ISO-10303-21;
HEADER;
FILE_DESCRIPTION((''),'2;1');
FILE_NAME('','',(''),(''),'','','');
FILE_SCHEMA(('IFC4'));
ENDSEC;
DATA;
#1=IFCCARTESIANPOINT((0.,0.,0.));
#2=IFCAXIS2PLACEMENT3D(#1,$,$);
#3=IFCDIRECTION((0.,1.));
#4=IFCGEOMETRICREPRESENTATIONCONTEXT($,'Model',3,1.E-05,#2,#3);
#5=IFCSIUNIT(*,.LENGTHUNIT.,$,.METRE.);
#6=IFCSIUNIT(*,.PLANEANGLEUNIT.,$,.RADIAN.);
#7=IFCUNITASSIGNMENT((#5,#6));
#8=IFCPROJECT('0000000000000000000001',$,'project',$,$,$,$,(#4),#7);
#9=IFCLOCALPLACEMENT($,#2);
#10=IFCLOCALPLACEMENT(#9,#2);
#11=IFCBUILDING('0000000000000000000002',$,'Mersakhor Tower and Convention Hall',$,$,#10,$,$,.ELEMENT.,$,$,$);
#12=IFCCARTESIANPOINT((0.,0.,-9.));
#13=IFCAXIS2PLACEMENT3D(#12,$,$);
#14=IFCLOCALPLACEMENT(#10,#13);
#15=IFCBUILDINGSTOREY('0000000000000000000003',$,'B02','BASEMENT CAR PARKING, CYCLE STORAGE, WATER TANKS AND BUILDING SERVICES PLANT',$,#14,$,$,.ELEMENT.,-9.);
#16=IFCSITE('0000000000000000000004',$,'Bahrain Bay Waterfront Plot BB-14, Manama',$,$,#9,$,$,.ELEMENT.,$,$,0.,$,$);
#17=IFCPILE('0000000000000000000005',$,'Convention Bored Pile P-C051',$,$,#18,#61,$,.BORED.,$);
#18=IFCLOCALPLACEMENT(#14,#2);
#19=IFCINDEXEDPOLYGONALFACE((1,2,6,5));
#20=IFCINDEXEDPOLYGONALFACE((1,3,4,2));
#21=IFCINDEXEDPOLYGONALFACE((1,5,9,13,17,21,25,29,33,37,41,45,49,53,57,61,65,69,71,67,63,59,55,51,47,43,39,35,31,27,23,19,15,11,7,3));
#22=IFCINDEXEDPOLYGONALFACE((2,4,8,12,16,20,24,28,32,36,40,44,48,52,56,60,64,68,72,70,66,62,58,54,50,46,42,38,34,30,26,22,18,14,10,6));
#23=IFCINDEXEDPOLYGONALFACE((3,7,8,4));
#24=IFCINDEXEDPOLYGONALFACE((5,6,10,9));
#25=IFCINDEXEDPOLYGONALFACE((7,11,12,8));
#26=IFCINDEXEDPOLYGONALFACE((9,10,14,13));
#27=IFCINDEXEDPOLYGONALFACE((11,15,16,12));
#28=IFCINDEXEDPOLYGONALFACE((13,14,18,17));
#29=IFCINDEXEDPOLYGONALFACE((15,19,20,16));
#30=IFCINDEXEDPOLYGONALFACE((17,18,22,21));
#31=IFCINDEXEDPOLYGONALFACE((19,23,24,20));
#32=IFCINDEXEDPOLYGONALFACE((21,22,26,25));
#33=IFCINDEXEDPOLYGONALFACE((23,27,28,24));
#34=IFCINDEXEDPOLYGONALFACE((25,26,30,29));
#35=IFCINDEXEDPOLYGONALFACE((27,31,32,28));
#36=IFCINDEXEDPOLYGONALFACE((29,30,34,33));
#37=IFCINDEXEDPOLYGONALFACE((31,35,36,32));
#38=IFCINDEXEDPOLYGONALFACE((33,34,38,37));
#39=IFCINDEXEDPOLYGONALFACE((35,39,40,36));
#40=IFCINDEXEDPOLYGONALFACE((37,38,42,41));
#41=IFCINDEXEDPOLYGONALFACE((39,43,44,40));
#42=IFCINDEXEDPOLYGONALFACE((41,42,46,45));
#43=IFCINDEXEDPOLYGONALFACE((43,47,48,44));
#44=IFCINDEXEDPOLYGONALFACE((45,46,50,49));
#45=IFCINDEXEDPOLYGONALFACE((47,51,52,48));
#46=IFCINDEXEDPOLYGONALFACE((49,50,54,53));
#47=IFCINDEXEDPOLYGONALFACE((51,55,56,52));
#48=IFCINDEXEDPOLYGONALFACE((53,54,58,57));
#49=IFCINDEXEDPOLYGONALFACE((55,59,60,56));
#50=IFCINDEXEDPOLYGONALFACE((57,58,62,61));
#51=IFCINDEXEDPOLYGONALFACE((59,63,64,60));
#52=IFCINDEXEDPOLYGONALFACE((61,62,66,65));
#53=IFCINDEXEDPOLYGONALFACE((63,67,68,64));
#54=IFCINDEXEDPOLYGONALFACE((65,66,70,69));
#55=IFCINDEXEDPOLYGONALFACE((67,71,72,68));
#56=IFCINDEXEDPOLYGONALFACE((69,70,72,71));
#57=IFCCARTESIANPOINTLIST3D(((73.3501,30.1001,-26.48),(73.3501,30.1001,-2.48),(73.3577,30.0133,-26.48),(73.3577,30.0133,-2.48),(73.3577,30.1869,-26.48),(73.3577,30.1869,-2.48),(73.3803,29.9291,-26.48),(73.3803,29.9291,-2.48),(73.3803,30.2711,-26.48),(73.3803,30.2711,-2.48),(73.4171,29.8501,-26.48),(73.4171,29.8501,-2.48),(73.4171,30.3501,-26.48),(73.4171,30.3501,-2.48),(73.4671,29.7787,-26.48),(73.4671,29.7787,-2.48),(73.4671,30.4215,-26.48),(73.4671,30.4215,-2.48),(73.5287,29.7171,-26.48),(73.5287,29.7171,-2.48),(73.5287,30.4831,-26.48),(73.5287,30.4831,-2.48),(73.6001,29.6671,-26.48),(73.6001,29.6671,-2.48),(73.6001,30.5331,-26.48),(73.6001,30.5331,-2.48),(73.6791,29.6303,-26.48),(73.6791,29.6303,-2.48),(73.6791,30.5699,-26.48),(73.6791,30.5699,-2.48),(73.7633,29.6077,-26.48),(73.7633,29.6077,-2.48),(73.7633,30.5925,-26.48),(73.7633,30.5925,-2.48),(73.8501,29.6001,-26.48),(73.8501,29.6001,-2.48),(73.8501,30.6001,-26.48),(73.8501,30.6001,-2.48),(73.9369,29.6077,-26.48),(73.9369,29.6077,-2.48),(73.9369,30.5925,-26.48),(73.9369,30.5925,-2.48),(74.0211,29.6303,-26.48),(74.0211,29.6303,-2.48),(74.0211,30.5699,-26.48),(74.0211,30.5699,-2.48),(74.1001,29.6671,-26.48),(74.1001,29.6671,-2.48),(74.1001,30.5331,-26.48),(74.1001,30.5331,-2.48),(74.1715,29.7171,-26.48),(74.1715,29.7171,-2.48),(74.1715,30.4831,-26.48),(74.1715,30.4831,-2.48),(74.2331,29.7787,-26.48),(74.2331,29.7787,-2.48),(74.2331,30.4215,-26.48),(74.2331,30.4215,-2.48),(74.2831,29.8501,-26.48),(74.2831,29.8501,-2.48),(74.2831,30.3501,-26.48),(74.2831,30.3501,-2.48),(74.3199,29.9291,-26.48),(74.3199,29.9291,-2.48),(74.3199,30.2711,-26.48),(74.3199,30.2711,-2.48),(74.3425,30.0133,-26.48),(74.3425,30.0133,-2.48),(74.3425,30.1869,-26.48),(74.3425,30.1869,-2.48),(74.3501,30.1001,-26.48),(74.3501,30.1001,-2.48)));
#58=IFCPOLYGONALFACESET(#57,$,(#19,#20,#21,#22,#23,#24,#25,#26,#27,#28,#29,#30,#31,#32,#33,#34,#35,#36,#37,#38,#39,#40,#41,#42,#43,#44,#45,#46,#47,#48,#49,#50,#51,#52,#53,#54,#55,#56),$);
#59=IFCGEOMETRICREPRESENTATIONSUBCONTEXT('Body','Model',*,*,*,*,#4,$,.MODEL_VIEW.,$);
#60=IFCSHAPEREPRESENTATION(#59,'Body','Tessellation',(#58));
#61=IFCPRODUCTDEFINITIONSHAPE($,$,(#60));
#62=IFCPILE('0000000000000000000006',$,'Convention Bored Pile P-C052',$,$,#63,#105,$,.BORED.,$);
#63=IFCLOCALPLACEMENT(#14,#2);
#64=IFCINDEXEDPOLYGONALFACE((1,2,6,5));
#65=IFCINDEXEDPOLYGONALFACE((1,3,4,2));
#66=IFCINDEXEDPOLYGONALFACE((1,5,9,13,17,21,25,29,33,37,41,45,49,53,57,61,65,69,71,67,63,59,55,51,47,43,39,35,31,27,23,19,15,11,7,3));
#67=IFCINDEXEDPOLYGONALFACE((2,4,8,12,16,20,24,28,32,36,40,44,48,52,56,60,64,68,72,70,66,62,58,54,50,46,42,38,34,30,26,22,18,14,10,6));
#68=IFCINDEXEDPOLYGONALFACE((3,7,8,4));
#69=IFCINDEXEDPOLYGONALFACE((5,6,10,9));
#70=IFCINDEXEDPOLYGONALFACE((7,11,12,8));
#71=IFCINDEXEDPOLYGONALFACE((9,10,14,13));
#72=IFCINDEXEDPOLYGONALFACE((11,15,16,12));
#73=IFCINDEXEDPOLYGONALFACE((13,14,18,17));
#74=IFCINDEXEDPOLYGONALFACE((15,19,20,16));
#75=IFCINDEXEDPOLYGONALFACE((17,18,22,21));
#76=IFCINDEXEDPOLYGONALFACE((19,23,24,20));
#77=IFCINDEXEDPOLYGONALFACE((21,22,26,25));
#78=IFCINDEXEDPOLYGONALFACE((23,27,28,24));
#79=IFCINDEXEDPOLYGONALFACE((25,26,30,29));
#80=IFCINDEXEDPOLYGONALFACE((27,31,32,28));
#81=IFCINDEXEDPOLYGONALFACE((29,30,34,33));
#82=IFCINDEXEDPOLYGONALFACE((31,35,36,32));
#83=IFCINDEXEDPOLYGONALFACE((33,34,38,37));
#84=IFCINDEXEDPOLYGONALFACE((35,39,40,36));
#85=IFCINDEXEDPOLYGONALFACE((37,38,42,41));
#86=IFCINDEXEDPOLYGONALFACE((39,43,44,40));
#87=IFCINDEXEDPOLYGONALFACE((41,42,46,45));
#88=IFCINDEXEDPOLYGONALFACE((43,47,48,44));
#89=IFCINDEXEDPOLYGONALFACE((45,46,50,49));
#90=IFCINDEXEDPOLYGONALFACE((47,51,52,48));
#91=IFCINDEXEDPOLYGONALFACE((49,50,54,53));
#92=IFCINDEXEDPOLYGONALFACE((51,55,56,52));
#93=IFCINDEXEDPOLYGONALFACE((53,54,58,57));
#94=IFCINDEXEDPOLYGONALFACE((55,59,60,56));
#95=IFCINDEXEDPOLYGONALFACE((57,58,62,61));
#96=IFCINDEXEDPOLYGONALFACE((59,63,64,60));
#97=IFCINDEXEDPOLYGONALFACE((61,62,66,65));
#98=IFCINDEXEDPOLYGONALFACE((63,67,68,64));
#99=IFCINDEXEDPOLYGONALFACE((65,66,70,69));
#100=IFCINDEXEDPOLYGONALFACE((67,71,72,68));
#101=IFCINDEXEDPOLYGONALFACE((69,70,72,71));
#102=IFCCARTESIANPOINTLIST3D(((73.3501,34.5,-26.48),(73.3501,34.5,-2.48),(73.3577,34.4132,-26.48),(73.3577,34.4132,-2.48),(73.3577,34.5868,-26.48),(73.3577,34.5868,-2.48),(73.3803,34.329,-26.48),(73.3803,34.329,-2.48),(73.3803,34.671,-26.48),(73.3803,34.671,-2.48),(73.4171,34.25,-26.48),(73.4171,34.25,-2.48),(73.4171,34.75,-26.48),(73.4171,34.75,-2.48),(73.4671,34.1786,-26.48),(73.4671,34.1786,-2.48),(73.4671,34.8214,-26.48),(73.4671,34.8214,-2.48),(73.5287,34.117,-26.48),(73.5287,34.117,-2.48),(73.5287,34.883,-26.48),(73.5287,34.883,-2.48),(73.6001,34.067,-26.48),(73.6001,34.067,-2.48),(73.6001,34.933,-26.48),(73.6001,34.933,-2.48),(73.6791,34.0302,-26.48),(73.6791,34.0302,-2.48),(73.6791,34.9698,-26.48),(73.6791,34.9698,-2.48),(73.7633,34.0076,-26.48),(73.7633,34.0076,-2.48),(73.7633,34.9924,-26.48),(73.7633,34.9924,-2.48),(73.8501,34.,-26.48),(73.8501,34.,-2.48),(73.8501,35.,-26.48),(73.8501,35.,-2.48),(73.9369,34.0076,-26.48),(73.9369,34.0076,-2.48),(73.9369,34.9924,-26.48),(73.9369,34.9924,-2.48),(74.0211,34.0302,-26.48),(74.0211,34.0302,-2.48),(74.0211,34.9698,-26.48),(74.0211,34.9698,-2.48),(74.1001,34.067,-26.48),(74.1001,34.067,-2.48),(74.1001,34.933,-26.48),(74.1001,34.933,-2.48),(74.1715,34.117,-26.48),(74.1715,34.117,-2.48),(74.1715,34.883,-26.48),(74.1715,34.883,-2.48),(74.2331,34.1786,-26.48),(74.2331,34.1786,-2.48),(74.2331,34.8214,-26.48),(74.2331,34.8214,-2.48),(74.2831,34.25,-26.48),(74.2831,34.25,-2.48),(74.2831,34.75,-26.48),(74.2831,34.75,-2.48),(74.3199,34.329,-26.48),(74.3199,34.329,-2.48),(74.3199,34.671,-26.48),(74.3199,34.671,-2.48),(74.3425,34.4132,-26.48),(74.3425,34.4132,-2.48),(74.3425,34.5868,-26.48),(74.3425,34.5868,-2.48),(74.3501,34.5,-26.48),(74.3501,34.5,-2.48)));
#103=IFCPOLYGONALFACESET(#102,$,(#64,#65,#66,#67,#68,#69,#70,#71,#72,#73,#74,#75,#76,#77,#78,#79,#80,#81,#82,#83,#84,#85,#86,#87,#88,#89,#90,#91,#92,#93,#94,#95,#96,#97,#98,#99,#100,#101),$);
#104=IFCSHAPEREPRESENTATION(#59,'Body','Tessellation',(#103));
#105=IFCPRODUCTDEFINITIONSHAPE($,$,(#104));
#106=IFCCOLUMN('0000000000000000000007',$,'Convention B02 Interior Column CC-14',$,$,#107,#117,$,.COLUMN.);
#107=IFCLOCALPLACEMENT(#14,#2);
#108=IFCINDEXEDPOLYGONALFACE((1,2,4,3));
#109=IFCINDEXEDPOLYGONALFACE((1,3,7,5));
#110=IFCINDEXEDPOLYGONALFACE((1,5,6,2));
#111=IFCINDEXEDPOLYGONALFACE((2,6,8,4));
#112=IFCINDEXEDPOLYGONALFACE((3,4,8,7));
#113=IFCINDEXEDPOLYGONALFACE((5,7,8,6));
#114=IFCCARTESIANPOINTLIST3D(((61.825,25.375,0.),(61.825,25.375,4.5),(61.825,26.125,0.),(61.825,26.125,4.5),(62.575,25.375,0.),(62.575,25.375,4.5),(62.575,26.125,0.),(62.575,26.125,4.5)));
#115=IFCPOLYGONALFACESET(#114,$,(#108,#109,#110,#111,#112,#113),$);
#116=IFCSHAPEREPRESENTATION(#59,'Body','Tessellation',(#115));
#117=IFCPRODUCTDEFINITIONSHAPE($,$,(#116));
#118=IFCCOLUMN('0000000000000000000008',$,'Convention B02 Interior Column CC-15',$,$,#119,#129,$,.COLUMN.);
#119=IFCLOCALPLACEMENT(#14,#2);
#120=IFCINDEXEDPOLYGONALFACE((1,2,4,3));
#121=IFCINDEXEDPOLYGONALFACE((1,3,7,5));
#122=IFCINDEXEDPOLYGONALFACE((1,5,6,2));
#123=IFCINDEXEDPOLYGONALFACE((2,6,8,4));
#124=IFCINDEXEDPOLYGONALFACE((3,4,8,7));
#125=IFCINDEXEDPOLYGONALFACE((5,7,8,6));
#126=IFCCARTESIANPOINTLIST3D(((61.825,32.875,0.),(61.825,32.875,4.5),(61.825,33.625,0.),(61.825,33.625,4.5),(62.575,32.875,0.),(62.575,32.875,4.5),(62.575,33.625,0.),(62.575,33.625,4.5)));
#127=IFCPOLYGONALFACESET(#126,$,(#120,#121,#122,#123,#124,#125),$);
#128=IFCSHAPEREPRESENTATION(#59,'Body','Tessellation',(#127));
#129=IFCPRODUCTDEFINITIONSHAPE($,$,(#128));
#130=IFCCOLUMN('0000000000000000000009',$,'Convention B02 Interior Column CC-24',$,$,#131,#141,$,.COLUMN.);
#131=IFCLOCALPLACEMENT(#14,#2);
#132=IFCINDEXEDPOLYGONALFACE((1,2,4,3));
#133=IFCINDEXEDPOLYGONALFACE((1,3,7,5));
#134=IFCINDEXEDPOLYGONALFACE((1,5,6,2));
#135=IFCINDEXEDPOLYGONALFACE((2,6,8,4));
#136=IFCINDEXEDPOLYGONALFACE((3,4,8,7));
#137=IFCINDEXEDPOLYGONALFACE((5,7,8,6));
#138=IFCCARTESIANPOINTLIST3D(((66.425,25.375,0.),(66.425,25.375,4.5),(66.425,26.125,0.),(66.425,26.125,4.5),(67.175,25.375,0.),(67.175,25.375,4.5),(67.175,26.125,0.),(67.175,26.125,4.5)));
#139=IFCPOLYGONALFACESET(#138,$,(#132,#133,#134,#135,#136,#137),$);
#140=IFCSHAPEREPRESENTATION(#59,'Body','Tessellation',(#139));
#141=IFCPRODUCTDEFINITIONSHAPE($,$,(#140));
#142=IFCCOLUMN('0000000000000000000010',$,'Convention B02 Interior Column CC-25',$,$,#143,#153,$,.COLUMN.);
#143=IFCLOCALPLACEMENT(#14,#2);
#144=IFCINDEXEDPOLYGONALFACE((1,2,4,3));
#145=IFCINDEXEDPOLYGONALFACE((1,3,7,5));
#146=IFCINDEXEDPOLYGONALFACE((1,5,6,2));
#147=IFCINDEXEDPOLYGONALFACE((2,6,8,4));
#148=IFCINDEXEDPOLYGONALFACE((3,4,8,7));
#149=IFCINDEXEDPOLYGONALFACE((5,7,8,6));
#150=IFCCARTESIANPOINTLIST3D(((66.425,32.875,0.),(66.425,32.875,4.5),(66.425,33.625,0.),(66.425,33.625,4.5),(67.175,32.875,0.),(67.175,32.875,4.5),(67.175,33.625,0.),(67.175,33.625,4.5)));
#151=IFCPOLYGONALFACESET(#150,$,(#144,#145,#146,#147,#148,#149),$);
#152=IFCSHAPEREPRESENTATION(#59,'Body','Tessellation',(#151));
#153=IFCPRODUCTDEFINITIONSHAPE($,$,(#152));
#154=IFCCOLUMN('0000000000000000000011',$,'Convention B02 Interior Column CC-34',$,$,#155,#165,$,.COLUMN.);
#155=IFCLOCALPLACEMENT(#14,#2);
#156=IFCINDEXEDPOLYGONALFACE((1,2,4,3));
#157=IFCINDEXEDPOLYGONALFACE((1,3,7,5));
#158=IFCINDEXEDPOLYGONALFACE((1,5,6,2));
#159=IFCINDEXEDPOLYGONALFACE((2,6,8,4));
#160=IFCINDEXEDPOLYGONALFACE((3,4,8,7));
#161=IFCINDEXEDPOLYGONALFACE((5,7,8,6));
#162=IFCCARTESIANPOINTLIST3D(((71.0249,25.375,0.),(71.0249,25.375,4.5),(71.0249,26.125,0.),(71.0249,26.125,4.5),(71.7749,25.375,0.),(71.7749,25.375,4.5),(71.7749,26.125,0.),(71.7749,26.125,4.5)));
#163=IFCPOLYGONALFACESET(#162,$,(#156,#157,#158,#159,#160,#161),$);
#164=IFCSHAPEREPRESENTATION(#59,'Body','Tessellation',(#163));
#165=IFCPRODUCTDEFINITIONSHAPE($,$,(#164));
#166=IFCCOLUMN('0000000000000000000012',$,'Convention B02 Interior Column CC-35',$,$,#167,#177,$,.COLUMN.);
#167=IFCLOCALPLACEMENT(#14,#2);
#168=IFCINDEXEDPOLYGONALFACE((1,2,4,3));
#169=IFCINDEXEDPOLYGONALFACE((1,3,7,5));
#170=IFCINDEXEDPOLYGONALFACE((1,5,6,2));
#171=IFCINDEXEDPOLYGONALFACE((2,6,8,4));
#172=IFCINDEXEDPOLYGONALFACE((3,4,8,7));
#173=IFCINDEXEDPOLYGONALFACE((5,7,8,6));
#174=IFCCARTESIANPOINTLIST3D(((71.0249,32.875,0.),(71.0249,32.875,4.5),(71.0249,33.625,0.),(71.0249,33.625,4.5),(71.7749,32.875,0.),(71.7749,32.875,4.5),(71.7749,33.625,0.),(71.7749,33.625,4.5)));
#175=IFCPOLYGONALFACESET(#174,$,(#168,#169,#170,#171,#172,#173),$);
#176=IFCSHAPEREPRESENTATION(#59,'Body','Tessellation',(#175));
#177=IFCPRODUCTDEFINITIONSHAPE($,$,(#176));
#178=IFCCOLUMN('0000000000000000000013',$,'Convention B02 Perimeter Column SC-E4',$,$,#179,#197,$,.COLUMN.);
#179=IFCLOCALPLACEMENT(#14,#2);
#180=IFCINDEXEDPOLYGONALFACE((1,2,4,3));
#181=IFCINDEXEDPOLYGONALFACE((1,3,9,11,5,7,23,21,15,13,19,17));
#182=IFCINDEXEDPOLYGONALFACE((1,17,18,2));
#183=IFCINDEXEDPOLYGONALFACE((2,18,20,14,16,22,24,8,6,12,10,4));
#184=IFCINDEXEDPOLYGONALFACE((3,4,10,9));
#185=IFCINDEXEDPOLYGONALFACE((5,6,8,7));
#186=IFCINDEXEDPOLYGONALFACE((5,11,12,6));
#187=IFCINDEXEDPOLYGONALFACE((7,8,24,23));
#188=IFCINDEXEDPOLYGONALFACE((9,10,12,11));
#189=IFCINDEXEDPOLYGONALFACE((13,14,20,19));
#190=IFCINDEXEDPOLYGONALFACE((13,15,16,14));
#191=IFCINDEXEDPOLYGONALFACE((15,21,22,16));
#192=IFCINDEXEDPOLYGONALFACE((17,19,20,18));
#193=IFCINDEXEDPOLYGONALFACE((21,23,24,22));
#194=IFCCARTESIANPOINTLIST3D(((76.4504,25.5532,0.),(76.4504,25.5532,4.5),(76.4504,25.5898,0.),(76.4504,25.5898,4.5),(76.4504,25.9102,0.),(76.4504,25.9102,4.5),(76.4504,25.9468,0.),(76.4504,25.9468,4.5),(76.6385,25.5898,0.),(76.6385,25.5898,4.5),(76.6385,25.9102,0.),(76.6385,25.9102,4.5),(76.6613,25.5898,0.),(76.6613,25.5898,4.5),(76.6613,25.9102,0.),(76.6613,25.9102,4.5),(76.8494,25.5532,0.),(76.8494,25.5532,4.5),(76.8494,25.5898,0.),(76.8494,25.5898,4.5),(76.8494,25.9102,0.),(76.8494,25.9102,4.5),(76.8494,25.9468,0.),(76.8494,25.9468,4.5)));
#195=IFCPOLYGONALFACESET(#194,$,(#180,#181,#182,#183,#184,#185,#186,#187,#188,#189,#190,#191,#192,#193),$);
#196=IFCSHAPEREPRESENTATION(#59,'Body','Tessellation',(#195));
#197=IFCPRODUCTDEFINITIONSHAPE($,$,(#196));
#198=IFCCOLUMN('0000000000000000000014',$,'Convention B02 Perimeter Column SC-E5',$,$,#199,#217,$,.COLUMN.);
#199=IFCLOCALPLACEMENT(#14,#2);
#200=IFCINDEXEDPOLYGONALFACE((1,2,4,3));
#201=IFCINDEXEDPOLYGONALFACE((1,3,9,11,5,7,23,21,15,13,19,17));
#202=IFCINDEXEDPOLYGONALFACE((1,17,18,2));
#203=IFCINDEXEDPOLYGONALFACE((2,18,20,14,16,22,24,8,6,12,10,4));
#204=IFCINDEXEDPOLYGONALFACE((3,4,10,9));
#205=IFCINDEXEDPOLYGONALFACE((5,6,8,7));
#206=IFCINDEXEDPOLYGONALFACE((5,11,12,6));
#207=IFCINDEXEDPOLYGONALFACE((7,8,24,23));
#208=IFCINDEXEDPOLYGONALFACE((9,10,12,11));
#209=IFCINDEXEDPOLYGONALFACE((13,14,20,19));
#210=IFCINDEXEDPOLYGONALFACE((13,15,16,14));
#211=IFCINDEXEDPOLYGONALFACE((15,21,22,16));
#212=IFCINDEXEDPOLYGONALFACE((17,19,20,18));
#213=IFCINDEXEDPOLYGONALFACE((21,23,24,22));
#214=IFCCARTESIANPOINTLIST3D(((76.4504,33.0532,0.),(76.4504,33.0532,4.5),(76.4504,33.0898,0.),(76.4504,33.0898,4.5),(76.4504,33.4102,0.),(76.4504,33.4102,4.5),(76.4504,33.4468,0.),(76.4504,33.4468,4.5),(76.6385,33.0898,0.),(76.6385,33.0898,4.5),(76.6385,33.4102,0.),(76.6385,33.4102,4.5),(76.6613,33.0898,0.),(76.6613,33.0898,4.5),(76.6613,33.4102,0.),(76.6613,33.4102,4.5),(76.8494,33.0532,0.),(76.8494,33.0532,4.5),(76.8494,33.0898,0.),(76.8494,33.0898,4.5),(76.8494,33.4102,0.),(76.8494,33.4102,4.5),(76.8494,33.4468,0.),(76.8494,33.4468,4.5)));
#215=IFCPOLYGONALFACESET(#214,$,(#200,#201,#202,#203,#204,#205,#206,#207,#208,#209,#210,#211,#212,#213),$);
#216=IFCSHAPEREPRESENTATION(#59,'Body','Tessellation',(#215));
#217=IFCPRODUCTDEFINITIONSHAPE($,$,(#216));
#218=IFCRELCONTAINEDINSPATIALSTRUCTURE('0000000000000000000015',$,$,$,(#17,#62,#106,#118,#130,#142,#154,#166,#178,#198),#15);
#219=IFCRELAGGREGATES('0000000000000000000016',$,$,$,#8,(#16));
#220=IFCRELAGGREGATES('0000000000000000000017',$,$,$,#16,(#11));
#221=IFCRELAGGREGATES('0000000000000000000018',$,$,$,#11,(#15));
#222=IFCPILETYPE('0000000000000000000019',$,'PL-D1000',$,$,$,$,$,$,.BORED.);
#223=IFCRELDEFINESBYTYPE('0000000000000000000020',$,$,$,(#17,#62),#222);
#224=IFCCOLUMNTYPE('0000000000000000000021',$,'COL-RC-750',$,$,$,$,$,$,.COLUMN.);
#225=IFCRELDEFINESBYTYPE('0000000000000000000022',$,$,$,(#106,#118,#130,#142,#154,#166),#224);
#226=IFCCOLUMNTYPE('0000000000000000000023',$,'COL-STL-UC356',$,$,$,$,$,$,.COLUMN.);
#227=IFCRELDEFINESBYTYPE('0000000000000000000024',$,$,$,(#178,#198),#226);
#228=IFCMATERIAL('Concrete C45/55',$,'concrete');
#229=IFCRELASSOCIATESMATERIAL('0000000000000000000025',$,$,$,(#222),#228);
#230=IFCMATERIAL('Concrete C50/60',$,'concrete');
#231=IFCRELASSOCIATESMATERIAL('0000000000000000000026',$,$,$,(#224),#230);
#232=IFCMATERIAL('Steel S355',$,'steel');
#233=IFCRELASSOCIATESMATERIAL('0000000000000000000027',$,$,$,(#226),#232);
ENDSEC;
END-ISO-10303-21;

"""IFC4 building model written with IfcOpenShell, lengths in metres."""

from ifc_helpers import new_model, si_unit, direction, frame, origin, origin_2d, place, context, subcontext, project, spatial, rectangle, circle, i_section, extrude, material, material_profile, profile_set, type_object, element, save


model = new_model("IFC4")

# Units and contexts
model_context = context("Model", 3, precision=1e-05, world=origin(), true_north=direction((0.0, 1.0)))
body_context = subcontext(model_context, "Body", "Model", "MODEL_VIEW")
ifc_project = project(units=[si_unit("LENGTHUNIT", "METRE"), si_unit("PLANEANGLEUNIT", "RADIAN")], contexts=[model_context])

# Site, building, storey
site_placement = place(None, origin())
site = spatial("IfcSite", under=ifc_project, at=site_placement, Name="Bahrain Bay Waterfront Plot BB-14, Manama", CompositionType="ELEMENT", RefElevation=0.0)
building_placement = place(site_placement, origin())
building = spatial("IfcBuilding", under=site, at=building_placement, Name="Mersakhor Tower and Convention Hall", CompositionType="ELEMENT")
storey_placement = place(building_placement, frame((0.0, 0.0, -9.0)))
storey = spatial("IfcBuildingStorey", under=building, at=storey_placement, Name="B02", Description="BASEMENT CAR PARKING, CYCLE STORAGE, WATER TANKS AND BUILDING SERVICES PLANT", CompositionType="ELEMENT", Elevation=-9.0)

# Piles
ifc_material_1 = material(Name="Concrete C45/55", Category="concrete")
ifc_material_profile_1 = material_profile(ifc_material_1, circle(Radius=0.5, at=origin_2d()), Name="PILE D1000")
ifc_profile_set_1 = profile_set([ifc_material_profile_1], Name="Concrete C45/55")
pile_type = type_object("IfcPileType", Name="PL-D1000", PredefinedType="BORED", material=ifc_profile_set_1)
for number, where, z_axis, x_axis, name in (
    (1, (73.8501, 30.1001, -2.48), (0.0, 0.0, -1.0), (1.0, 0.0, 0.0), "Convention Bored Pile P-C051"),
    (2, (73.8501, 34.5, -2.48), (0.0, 0.0, -1.0), (1.0, 0.0, 0.0), "Convention Bored Pile P-C052"),
):
    element("IfcPile", number, at=place(storey_placement, frame(where, z_axis=z_axis, x_axis=x_axis)), inside=storey, type_object=pile_type, Name=name, PredefinedType="BORED", context=body_context, shape_type="SweptSolid", body=[
        extrude(circle(Radius=0.5, at=origin_2d()), origin(), (0.0, 0.0, 1.0), 24.0),
    ])

# Columns
ifc_material_2 = material(Name="Concrete C50/60", Category="concrete")
ifc_material_profile_2 = material_profile(ifc_material_2, rectangle(XDim=0.75, YDim=0.75, at=origin_2d()), Name="RC 750x750")
ifc_profile_set_2 = profile_set([ifc_material_profile_2], Name="Concrete C50/60")
column_type_1 = type_object("IfcColumnType", Name="COL-RC-750", PredefinedType="COLUMN", material=ifc_profile_set_2)
for number, where, z_axis, x_axis, name in (
    (3, (62.2, 25.75, 0.0), (0.0, 0.0, 1.0), (1.0, 0.0, 0.0), "Convention B02 Interior Column CC-14"),
    (4, (62.2, 33.25, 0.0), (0.0, 0.0, 1.0), (1.0, 0.0, 0.0), "Convention B02 Interior Column CC-15"),
    (5, (66.8, 25.75, 0.0), (0.0, 0.0, 1.0), (1.0, 0.0, 0.0), "Convention B02 Interior Column CC-24"),
    (6, (66.8, 33.25, 0.0), (0.0, 0.0, 1.0), (1.0, 0.0, 0.0), "Convention B02 Interior Column CC-25"),
    (7, (71.3999, 25.75, 0.0), (0.0, 0.0, 1.0), (1.0, 0.0, 0.0), "Convention B02 Interior Column CC-34"),
    (8, (71.3999, 33.25, 0.0), (0.0, 0.0, 1.0), (1.0, 0.0, 0.0), "Convention B02 Interior Column CC-35"),
):
    element("IfcColumn", number, at=place(storey_placement, frame(where, z_axis=z_axis, x_axis=x_axis)), inside=storey, type_object=column_type_1, Name=name, PredefinedType="COLUMN", context=body_context, shape_type="SweptSolid", body=[
        extrude(rectangle(XDim=0.75, YDim=0.75, at=origin_2d()), origin(), (0.0, 0.0, 1.0), 4.5),
    ])
ifc_material_3 = material(Name="Steel S355", Category="steel")
ifc_material_profile_3 = material_profile(ifc_material_3, i_section(OverallWidth=0.3989, OverallDepth=0.3936, WebThickness=0.0227, FlangeThickness=0.0366, at=origin_2d()), Name="UC 356x406x287")
ifc_profile_set_3 = profile_set([ifc_material_profile_3], Name="Steel S355")
column_type_2 = type_object("IfcColumnType", Name="COL-STL-UC356", PredefinedType="COLUMN", material=ifc_profile_set_3)
for number, where, z_axis, x_axis, name in (
    (9, (76.6499, 25.75, 0.0), (0.0, 0.0, 1.0), (1.0, 0.0, 0.0), "Convention B02 Perimeter Column SC-E4"),
    (10, (76.6499, 33.25, 0.0), (0.0, 0.0, 1.0), (1.0, 0.0, 0.0), "Convention B02 Perimeter Column SC-E5"),
):
    element("IfcColumn", number, at=place(storey_placement, frame(where, z_axis=z_axis, x_axis=x_axis)), inside=storey, type_object=column_type_2, Name=name, PredefinedType="COLUMN", context=body_context, shape_type="SweptSolid", body=[
        extrude(i_section(OverallWidth=0.3989, OverallDepth=0.3936, WebThickness=0.0227, FlangeThickness=0.0366, at=origin_2d()), origin(), (0.0, 0.0, 1.0), 4.5),
    ])

save(model, "model.ifc")
